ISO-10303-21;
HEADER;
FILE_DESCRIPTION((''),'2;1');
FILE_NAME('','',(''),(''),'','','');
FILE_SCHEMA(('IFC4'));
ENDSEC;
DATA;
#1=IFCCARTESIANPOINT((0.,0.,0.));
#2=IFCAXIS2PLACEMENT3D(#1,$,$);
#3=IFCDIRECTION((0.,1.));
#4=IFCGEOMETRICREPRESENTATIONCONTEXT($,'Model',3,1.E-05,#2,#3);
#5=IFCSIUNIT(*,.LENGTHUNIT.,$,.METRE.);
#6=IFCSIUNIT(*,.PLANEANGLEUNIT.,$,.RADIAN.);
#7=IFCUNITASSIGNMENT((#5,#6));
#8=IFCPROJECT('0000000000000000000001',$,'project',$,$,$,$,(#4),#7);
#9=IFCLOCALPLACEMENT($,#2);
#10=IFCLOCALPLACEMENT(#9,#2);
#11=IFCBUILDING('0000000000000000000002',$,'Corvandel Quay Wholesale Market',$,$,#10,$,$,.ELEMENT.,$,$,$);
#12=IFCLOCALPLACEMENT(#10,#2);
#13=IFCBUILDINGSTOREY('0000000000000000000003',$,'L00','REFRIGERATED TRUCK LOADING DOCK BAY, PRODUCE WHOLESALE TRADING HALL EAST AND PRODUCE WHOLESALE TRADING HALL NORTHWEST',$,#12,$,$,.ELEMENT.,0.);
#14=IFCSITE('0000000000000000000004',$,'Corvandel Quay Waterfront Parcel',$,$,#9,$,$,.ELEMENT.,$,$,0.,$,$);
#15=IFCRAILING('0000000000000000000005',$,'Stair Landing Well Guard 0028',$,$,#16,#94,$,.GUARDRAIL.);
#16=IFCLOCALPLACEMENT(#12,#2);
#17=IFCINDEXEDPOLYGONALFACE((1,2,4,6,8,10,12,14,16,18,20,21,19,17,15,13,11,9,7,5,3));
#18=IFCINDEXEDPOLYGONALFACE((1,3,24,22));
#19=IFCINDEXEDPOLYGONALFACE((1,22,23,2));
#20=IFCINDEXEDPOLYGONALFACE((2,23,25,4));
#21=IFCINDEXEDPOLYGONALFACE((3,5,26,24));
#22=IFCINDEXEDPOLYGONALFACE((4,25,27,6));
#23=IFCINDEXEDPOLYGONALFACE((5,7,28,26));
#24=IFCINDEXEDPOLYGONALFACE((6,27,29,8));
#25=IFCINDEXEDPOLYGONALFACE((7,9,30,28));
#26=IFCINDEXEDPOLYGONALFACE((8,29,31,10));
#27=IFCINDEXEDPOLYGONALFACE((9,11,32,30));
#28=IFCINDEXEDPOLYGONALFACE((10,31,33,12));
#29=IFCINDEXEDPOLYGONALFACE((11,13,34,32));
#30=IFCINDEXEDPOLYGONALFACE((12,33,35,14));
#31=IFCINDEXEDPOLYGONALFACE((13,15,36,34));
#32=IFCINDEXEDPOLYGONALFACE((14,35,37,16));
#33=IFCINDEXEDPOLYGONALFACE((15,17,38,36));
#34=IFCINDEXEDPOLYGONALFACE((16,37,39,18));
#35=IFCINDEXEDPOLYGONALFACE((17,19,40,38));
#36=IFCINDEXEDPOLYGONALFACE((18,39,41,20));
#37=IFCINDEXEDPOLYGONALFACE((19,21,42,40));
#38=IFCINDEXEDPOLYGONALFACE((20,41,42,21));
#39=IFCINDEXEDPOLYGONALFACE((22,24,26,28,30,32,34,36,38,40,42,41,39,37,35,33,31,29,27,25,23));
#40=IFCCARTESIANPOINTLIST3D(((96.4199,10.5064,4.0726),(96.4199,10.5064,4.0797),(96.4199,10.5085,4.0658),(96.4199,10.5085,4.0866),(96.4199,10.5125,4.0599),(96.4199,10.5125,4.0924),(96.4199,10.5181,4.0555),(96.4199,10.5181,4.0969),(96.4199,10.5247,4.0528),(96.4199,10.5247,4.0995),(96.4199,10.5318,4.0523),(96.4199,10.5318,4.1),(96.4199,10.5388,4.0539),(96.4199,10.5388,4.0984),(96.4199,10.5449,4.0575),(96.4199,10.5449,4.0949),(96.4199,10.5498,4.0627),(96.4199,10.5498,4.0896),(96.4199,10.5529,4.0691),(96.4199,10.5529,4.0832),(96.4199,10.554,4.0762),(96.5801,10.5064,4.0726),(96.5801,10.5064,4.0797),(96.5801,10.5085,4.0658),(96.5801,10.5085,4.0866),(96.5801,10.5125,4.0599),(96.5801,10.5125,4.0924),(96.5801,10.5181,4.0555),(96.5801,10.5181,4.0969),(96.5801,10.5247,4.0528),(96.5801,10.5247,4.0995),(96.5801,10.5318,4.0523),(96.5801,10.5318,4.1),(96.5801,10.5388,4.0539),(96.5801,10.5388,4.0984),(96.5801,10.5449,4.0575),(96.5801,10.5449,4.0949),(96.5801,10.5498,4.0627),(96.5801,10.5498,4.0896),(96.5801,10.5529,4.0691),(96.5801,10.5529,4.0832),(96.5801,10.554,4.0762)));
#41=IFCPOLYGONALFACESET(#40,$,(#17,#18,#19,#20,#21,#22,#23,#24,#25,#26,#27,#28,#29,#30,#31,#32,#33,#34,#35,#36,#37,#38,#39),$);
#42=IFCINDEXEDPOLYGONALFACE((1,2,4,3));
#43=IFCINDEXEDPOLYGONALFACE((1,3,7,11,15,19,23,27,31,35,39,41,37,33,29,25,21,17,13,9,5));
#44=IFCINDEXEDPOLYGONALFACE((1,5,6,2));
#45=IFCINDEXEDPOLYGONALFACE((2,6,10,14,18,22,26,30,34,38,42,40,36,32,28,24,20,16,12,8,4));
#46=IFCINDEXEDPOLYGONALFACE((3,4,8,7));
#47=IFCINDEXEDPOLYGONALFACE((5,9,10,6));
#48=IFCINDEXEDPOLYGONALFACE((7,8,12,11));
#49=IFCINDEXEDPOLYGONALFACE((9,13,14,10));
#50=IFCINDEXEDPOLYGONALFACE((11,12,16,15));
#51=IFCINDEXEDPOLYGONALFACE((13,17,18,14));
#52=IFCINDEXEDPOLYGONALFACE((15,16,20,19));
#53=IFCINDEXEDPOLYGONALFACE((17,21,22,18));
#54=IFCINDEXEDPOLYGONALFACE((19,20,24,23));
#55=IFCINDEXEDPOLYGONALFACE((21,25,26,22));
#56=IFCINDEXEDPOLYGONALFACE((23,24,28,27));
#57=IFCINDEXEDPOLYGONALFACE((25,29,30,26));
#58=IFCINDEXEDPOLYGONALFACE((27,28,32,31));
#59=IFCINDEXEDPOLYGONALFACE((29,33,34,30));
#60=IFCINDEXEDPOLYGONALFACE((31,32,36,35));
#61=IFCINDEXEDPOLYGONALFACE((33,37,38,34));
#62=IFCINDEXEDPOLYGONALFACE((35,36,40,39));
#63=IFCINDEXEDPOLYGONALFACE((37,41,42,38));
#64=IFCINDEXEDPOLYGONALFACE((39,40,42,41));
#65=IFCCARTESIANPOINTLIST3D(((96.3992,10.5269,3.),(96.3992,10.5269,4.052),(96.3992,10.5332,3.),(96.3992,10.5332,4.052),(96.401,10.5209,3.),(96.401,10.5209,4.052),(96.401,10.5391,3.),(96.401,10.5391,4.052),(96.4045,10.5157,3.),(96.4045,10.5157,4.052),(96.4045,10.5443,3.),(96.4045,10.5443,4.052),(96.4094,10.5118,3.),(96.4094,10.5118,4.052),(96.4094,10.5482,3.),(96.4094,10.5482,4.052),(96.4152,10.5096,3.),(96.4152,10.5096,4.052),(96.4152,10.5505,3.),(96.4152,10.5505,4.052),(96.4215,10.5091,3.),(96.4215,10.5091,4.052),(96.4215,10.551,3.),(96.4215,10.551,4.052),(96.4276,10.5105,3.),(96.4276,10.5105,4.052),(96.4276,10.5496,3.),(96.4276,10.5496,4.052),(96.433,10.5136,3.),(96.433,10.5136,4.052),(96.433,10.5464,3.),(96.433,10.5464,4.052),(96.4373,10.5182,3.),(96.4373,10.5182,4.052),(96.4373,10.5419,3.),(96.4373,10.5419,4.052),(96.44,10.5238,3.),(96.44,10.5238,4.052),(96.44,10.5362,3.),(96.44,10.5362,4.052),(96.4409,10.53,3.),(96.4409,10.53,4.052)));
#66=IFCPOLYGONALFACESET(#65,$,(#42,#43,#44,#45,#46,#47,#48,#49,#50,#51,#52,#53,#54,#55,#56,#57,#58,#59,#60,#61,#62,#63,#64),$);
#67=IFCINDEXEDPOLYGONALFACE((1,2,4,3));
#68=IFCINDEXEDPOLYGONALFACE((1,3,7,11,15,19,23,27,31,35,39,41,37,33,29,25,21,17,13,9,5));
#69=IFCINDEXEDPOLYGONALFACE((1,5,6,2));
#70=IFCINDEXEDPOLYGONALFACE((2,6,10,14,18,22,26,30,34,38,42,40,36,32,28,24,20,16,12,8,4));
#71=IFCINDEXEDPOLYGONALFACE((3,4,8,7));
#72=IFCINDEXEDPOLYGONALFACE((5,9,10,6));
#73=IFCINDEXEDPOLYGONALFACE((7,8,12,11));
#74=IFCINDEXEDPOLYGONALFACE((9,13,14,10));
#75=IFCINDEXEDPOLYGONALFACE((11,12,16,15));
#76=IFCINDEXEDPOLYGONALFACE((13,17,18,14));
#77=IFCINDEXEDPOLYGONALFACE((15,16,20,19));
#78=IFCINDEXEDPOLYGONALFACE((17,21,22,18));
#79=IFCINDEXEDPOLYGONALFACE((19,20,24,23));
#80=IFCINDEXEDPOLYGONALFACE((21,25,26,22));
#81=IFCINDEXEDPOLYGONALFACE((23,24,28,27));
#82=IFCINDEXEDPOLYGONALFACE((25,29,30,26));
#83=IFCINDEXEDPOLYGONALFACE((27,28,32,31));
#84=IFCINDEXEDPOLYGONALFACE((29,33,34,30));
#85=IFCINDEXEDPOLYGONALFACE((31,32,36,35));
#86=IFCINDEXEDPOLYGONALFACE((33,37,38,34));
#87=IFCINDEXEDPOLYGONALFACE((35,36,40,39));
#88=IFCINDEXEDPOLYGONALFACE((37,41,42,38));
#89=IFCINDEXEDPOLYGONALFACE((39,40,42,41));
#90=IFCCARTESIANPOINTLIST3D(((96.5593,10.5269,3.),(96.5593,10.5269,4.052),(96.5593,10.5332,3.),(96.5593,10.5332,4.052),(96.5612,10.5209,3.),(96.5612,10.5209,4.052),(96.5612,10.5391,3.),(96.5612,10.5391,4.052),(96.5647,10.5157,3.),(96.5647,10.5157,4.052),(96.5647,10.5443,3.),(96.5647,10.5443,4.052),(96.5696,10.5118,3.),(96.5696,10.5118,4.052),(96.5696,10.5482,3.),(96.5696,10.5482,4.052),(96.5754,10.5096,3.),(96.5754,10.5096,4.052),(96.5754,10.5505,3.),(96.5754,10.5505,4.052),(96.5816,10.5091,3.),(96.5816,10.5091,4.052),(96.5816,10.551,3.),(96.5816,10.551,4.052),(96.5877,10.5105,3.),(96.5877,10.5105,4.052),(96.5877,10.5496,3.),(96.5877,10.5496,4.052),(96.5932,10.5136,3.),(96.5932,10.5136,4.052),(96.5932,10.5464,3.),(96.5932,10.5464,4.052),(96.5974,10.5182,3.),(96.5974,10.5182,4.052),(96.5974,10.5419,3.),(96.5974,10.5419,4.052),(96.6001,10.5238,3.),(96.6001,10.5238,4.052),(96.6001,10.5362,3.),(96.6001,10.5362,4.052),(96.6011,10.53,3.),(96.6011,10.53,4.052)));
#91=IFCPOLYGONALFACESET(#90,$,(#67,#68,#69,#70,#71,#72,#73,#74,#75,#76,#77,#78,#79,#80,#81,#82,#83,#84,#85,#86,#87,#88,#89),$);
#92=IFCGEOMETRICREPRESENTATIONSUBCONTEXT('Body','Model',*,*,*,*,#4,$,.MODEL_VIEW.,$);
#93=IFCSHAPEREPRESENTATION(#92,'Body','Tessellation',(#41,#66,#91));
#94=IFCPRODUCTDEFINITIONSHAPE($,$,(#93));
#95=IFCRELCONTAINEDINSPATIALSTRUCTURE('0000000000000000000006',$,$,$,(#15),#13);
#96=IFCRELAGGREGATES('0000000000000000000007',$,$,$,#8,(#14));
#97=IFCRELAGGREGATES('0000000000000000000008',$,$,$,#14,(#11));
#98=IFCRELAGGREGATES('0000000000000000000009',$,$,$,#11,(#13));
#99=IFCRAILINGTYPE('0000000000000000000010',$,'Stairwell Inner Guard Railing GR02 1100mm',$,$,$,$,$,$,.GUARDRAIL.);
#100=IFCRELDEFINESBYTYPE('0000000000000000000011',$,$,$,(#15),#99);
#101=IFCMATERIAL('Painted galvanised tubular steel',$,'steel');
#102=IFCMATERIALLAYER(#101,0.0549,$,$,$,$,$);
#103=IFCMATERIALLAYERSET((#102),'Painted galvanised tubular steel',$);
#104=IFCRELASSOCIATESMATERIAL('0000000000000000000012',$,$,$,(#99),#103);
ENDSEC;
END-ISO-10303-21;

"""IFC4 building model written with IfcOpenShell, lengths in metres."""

from ifc_helpers import new_model, si_unit, direction, frame, origin, origin_2d, place, context, subcontext, project, spatial, circle, extrude, material, layer, layer_set, type_object, element, save


model = new_model("IFC4")

# Units and contexts
model_context = context("Model", 3, precision=1e-05, world=origin(), true_north=direction((0.0, 1.0)))
body_context = subcontext(model_context, "Body", "Model", "MODEL_VIEW")
ifc_project = project(units=[si_unit("LENGTHUNIT", "METRE"), si_unit("PLANEANGLEUNIT", "RADIAN")], contexts=[model_context])

# Site, building, storey
site_placement = place(None, origin())
site = spatial("IfcSite", under=ifc_project, at=site_placement, Name="Corvandel Quay Waterfront Parcel", CompositionType="ELEMENT", RefElevation=0.0)
building_placement = place(site_placement, origin())
building = spatial("IfcBuilding", under=site, at=building_placement, Name="Corvandel Quay Wholesale Market", CompositionType="ELEMENT")
storey_placement = place(building_placement, origin())
storey = spatial("IfcBuildingStorey", under=building, at=storey_placement, Name="L00", Description="REFRIGERATED TRUCK LOADING DOCK BAY, PRODUCE WHOLESALE TRADING HALL EAST AND PRODUCE WHOLESALE TRADING HALL NORTHWEST", CompositionType="ELEMENT", Elevation=0.0)

# Railing
ifc_material_1 = material(Name="Painted galvanised tubular steel", Category="steel")
ifc_layer_1 = layer(ifc_material_1, 0.0549)
ifc_layer_set_1 = layer_set([ifc_layer_1], Name="Painted galvanised tubular steel")
railing_type_1 = type_object("IfcRailingType", Name="Stairwell Inner Guard Railing GR02 1100mm", PredefinedType="GUARDRAIL", material=ifc_layer_set_1)
railing_placement = place(storey_placement, frame((96.4199, 10.53, 3.0)))
element("IfcRailing", 1, at=railing_placement, inside=storey, type_object=railing_type_1, Name="Stair Landing Well Guard 0028", PredefinedType="GUARDRAIL", context=body_context, shape_type="SweptSolid", body=[
    extrude(circle(Radius=0.0239, at=origin_2d()), frame((0.0, 0.0, 1.0762), z_axis=(1.0, 0.0, 0.0), x_axis=(0.0, 1.0, 0.0)), (0.0, 0.0, 1.0), 0.1602),
    extrude(circle(Radius=0.021, at=origin_2d()), origin(), (0.0, 0.0, 1.0), 1.052),
    extrude(circle(Radius=0.021, at=origin_2d()), frame((0.1602, 0.0, 0.0)), (0.0, 0.0, 1.0), 1.052),
])

save(model, "model.ifc")
